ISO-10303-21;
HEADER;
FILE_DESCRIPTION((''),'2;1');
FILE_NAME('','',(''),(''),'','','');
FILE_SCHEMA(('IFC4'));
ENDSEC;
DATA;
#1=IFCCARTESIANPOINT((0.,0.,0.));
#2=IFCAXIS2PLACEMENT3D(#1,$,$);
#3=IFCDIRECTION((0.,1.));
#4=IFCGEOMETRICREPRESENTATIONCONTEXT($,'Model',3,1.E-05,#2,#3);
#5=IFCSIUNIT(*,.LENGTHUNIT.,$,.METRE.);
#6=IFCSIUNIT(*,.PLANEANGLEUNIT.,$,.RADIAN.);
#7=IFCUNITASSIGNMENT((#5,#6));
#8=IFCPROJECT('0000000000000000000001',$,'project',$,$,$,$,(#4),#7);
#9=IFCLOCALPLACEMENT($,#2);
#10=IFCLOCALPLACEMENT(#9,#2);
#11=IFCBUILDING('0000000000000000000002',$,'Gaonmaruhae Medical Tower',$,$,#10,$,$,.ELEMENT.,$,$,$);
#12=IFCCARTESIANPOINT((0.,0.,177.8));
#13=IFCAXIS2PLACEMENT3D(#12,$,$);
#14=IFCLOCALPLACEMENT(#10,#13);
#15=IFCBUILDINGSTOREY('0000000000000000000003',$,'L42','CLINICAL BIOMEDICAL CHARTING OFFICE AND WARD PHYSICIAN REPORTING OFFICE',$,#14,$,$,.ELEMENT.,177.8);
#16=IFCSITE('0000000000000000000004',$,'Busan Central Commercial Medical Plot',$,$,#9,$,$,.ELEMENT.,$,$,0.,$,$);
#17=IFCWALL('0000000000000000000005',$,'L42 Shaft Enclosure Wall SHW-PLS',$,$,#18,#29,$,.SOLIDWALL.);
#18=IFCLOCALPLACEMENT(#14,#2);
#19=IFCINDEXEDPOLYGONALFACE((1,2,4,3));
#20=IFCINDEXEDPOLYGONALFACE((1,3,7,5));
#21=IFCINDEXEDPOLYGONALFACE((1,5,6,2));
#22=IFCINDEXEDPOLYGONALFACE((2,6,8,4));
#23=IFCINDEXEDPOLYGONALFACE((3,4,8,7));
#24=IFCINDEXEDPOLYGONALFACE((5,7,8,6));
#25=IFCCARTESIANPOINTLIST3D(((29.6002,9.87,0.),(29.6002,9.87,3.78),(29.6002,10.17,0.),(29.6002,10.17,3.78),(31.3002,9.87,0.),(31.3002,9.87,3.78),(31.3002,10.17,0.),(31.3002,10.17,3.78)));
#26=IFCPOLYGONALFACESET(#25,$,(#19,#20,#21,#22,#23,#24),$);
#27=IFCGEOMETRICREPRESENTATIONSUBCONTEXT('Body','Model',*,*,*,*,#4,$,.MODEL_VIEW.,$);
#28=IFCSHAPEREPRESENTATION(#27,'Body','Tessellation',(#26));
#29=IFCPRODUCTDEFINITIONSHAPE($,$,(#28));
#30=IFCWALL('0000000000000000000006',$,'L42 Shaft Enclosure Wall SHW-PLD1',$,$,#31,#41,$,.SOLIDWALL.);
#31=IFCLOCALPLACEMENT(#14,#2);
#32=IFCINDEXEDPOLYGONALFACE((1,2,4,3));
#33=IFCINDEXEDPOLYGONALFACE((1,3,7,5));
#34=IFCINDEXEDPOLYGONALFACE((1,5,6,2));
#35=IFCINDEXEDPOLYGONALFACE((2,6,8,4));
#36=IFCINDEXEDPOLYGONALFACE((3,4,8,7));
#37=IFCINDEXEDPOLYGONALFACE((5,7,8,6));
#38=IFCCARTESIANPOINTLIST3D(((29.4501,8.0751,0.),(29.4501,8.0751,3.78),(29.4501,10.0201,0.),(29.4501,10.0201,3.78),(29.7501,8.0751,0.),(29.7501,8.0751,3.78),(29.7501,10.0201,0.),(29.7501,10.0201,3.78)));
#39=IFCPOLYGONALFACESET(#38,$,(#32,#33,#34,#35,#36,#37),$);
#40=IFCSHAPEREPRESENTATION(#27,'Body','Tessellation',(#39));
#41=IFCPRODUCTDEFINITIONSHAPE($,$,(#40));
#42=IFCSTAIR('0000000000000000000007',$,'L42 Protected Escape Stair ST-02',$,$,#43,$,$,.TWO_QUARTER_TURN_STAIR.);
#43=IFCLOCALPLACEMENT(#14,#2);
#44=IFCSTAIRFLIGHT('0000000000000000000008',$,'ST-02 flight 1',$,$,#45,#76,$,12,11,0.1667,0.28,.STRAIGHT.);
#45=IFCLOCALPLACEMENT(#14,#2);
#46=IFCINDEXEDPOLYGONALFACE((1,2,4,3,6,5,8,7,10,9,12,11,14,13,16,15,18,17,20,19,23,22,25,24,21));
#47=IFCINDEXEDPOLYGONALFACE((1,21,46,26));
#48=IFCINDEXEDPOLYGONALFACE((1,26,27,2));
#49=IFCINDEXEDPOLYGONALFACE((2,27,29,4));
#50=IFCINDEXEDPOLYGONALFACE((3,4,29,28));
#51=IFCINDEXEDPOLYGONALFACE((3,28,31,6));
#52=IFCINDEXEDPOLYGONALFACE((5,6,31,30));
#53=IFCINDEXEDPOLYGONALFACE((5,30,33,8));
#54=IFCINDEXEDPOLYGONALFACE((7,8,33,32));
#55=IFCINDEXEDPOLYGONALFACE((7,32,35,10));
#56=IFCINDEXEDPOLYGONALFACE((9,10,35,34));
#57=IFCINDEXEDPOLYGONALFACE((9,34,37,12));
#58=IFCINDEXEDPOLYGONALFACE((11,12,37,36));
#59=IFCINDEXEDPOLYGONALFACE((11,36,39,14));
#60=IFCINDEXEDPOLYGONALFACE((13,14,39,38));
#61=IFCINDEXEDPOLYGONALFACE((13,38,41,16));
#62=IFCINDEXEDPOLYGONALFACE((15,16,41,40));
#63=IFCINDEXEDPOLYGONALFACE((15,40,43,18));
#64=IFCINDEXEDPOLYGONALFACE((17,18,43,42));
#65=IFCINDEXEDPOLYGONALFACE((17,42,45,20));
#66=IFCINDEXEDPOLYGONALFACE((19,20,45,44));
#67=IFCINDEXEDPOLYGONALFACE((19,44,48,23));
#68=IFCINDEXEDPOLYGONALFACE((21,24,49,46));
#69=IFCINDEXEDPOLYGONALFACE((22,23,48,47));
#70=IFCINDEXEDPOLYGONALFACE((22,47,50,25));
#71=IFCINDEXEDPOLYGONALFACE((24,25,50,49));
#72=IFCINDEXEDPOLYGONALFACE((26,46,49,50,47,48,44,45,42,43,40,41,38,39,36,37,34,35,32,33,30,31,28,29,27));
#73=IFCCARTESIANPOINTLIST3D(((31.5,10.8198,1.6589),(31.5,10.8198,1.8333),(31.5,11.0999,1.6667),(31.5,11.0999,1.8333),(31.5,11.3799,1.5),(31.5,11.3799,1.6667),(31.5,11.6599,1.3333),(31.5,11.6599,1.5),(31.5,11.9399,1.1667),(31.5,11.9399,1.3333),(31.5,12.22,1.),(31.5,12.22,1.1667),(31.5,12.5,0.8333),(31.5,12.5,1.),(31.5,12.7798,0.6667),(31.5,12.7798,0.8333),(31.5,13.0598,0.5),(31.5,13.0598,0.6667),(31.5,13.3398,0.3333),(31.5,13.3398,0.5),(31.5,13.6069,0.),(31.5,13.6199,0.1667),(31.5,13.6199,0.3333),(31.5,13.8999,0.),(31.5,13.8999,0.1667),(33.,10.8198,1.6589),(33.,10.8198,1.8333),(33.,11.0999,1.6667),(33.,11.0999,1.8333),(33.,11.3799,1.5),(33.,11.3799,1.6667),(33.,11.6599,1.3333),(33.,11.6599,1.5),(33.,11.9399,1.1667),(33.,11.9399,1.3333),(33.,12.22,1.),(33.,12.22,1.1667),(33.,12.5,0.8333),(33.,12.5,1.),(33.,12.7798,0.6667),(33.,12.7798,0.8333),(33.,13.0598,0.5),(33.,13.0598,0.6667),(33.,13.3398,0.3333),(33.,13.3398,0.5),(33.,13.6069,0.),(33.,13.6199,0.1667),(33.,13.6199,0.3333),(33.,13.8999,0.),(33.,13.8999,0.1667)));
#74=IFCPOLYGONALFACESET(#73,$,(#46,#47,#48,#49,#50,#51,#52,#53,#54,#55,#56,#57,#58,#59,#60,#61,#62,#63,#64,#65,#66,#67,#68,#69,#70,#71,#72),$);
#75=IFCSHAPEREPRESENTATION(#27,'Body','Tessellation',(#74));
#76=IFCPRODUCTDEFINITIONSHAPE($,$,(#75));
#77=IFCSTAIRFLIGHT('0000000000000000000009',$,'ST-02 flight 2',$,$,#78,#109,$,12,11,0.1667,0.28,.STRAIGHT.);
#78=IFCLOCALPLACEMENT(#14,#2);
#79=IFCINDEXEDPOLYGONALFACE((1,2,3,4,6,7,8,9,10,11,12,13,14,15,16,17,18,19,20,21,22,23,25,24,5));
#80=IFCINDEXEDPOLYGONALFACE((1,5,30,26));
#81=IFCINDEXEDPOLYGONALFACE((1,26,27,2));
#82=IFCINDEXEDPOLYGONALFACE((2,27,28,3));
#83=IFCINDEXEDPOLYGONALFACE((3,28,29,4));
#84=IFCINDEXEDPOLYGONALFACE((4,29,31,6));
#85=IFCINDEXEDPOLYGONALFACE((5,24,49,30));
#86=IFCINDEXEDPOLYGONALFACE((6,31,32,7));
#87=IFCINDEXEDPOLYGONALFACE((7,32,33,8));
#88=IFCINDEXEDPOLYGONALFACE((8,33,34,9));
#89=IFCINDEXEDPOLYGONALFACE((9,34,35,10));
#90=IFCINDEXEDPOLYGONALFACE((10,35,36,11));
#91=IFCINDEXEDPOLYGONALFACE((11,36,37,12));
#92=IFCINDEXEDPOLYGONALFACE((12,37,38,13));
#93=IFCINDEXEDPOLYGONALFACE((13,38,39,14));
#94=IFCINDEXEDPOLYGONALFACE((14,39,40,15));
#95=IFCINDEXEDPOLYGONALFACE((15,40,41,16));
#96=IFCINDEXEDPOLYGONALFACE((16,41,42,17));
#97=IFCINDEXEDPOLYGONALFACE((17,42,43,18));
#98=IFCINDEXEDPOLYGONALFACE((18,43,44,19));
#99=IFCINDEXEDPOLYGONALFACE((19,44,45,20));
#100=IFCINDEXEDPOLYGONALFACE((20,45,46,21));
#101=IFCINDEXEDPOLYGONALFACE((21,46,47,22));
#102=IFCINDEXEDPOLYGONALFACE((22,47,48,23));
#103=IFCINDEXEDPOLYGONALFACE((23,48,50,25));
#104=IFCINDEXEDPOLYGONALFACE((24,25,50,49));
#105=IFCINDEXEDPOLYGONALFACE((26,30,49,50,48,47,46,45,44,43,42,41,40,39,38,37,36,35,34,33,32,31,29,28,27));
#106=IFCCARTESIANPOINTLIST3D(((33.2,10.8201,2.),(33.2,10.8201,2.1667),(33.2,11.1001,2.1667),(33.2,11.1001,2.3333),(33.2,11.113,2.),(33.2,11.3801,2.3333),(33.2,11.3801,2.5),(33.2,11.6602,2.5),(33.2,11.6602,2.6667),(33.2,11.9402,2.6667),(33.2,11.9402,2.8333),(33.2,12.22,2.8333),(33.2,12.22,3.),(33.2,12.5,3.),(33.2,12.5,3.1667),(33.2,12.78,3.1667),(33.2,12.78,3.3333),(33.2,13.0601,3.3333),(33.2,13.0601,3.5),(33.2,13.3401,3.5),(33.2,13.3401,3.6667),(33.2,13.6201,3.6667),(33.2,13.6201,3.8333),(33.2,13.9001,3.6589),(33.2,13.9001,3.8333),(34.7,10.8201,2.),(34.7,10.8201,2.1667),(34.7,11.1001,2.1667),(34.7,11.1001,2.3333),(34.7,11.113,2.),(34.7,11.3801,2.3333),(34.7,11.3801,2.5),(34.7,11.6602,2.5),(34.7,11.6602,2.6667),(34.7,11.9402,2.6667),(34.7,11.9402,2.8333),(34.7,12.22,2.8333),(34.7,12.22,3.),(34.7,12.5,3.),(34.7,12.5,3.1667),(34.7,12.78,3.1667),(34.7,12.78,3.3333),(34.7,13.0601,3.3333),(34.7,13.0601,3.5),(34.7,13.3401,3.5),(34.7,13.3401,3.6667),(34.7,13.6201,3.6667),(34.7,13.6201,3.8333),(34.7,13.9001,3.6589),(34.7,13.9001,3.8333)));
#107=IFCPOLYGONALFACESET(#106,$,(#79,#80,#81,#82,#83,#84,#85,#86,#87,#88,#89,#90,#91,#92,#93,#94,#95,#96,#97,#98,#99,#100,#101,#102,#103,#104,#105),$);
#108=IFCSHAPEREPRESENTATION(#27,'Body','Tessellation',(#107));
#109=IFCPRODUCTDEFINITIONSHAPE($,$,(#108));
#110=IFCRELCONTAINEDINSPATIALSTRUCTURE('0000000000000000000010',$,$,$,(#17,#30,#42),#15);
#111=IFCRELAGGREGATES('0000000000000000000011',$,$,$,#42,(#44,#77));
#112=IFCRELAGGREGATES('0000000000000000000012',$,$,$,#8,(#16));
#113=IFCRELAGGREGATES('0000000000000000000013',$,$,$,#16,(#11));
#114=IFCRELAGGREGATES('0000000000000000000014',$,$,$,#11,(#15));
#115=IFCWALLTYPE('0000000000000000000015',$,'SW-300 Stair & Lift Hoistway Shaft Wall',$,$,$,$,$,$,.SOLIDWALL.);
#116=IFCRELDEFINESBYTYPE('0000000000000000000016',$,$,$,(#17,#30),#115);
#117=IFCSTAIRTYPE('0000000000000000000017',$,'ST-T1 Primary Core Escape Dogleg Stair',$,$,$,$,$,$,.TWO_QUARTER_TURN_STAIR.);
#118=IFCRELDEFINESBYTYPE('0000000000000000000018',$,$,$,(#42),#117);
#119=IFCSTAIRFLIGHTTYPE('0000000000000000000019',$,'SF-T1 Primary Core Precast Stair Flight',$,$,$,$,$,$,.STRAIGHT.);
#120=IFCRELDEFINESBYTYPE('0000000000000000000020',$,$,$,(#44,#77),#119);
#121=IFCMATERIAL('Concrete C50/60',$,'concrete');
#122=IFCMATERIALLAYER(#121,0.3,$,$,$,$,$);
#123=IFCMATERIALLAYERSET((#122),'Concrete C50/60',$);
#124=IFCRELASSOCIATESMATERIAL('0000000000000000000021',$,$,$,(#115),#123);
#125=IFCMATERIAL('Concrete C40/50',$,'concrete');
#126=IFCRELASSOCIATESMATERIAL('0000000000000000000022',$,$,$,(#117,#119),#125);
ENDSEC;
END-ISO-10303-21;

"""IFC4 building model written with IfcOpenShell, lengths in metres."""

from ifc_helpers import new_model, si_unit, direction, frame, frame_2d, origin, place, context, subcontext, project, spatial, polyline, rectangle, outline, extrude, material, layer, layer_set, type_object, element, aggregate, save


model = new_model("IFC4")

# Units and contexts
model_context = context("Model", 3, precision=1e-05, world=origin(), true_north=direction((0.0, 1.0)))
body_context = subcontext(model_context, "Body", "Model", "MODEL_VIEW")
ifc_project = project(units=[si_unit("LENGTHUNIT", "METRE"), si_unit("PLANEANGLEUNIT", "RADIAN")], contexts=[model_context])

# Site, building, storey
site_placement = place(None, origin())
site = spatial("IfcSite", under=ifc_project, at=site_placement, Name="Busan Central Commercial Medical Plot", CompositionType="ELEMENT", RefElevation=0.0)
building_placement = place(site_placement, origin())
building = spatial("IfcBuilding", under=site, at=building_placement, Name="Gaonmaruhae Medical Tower", CompositionType="ELEMENT")
storey_placement = place(building_placement, frame((0.0, 0.0, 177.8)))
storey = spatial("IfcBuildingStorey", under=building, at=storey_placement, Name="L42", Description="CLINICAL BIOMEDICAL CHARTING OFFICE AND WARD PHYSICIAN REPORTING OFFICE", CompositionType="ELEMENT", Elevation=177.8)

# Shared definitions
ifc_material_1 = material(Name="Concrete C50/60", Category="concrete")

# Walls
ifc_layer_1 = layer(ifc_material_1, 0.3)
ifc_layer_set_1 = layer_set([ifc_layer_1], Name="Concrete C50/60")
wall_type_1 = type_object("IfcWallType", Name="SW-300 Stair & Lift Hoistway Shaft Wall", PredefinedType="SOLIDWALL", material=ifc_layer_set_1)
wall_1_placement = place(storey_placement, frame((29.6001, 10.02, 0.0), z_axis=(0.0, 0.0, 1.0), x_axis=(1.0, 0.0, 0.0)))
element("IfcWall", 1, at=wall_1_placement, inside=storey, type_object=wall_type_1, Name="L42 Shaft Enclosure Wall SHW-PLS", PredefinedType="SOLIDWALL", context=body_context, shape_type="SweptSolid", body=[
    extrude(rectangle(XDim=1.7, YDim=0.3, at=frame_2d((0.8501, 0.0))), origin(), (0.0, 0.0, 1.0), 3.78),
])
wall_2_placement = place(storey_placement, frame((29.6001, 8.075, 0.0), z_axis=(0.0, 0.0, 1.0), x_axis=(0.0, 1.0, 0.0)))
element("IfcWall", 2, at=wall_2_placement, inside=storey, type_object=wall_type_1, Name="L42 Shaft Enclosure Wall SHW-PLD1", PredefinedType="SOLIDWALL", context=body_context, shape_type="SweptSolid", body=[
    extrude(rectangle(XDim=1.9451, YDim=0.3, at=frame_2d((0.9727, 0.0))), origin(), (0.0, 0.0, 1.0), 3.78),
])

# Stair, stair flights
ifc_material_2 = material(Name="Concrete C40/50", Category="concrete")
stair_type = type_object("IfcStairType", Name="ST-T1 Primary Core Escape Dogleg Stair", PredefinedType="TWO_QUARTER_TURN_STAIR", material=ifc_material_2)
stair_placement = place(storey_placement, origin())
stair = element("IfcStair", 3, at=stair_placement, inside=storey, type_object=stair_type, Name="L42 Protected Escape Stair ST-02", PredefinedType="TWO_QUARTER_TURN_STAIR")
stair_flight_type = type_object("IfcStairFlightType", Name="SF-T1 Primary Core Precast Stair Flight", PredefinedType="STRAIGHT", material=ifc_material_2)
stair_flight_1_placement = place(storey_placement, frame((32.25, 13.8999, 0.0), z_axis=(0.0, 0.0, 1.0), x_axis=(0.0, -1.0, 0.0)))
stair_flight_1 = element("IfcStairFlight", 4, at=stair_flight_1_placement, type_object=stair_flight_type, Name="ST-02 flight 1", NumberOfRisers=12, NumberOfTreads=11, PredefinedType="STRAIGHT", RiserHeight=0.1667, TreadLength=0.28, context=body_context, shape_type="SweptSolid", body=[
    extrude(outline(polyline([(0.0, 0.0), (0.0, 0.1667), (0.28, 0.1667), (0.28, 0.3333), (0.5601, 0.3333), (0.5601, 0.5), (0.8401, 0.5), (0.8401, 0.6667), (1.1201, 0.6667), (1.1201, 0.8333), (1.3999, 0.8333), (1.3999, 1.0), (1.6799, 1.0), (1.6799, 1.1667), (1.96, 1.1667), (1.96, 1.3333), (2.24, 1.3333), (2.24, 1.5), (2.52, 1.5), (2.52, 1.6667), (2.8, 1.6667), (2.8, 1.8333), (3.0801, 1.8333), (3.0801, 2.0), (3.0801, 1.6589), (0.293, 0.0), (0.0, 0.0)])), frame((0.0, 0.75, 0.0), z_axis=(0.0, -1.0, 0.0), x_axis=(1.0, 0.0, 0.0)), (0.0, 0.0, 1.0), 1.5),
])
stair_flight_2_placement = place(storey_placement, frame((33.95, 10.8201, 2.0), z_axis=(0.0, 0.0, 1.0), x_axis=(0.0, 1.0, 0.0)))
stair_flight_2 = element("IfcStairFlight", 5, at=stair_flight_2_placement, type_object=stair_flight_type, Name="ST-02 flight 2", NumberOfRisers=12, NumberOfTreads=11, PredefinedType="STRAIGHT", RiserHeight=0.1667, TreadLength=0.28, context=body_context, shape_type="SweptSolid", body=[
    extrude(outline(polyline([(0.0, 0.0), (0.0, 0.1667), (0.28, 0.1667), (0.28, 0.3333), (0.5601, 0.3333), (0.5601, 0.5), (0.8401, 0.5), (0.8401, 0.6667), (1.1201, 0.6667), (1.1201, 0.8333), (1.3999, 0.8333), (1.3999, 1.0), (1.6799, 1.0), (1.6799, 1.1667), (1.96, 1.1667), (1.96, 1.3333), (2.24, 1.3333), (2.24, 1.5), (2.52, 1.5), (2.52, 1.6667), (2.8, 1.6667), (2.8, 1.8333), (3.0801, 1.8333), (3.0801, 2.0), (3.0801, 1.6589), (0.293, 0.0), (0.0, 0.0)])), frame((0.0, 0.75, 0.0), z_axis=(0.0, -1.0, 0.0), x_axis=(1.0, 0.0, 0.0)), (0.0, 0.0, 1.0), 1.5),
])
aggregate(stair, [stair_flight_1, stair_flight_2])

save(model, "model.ifc")
